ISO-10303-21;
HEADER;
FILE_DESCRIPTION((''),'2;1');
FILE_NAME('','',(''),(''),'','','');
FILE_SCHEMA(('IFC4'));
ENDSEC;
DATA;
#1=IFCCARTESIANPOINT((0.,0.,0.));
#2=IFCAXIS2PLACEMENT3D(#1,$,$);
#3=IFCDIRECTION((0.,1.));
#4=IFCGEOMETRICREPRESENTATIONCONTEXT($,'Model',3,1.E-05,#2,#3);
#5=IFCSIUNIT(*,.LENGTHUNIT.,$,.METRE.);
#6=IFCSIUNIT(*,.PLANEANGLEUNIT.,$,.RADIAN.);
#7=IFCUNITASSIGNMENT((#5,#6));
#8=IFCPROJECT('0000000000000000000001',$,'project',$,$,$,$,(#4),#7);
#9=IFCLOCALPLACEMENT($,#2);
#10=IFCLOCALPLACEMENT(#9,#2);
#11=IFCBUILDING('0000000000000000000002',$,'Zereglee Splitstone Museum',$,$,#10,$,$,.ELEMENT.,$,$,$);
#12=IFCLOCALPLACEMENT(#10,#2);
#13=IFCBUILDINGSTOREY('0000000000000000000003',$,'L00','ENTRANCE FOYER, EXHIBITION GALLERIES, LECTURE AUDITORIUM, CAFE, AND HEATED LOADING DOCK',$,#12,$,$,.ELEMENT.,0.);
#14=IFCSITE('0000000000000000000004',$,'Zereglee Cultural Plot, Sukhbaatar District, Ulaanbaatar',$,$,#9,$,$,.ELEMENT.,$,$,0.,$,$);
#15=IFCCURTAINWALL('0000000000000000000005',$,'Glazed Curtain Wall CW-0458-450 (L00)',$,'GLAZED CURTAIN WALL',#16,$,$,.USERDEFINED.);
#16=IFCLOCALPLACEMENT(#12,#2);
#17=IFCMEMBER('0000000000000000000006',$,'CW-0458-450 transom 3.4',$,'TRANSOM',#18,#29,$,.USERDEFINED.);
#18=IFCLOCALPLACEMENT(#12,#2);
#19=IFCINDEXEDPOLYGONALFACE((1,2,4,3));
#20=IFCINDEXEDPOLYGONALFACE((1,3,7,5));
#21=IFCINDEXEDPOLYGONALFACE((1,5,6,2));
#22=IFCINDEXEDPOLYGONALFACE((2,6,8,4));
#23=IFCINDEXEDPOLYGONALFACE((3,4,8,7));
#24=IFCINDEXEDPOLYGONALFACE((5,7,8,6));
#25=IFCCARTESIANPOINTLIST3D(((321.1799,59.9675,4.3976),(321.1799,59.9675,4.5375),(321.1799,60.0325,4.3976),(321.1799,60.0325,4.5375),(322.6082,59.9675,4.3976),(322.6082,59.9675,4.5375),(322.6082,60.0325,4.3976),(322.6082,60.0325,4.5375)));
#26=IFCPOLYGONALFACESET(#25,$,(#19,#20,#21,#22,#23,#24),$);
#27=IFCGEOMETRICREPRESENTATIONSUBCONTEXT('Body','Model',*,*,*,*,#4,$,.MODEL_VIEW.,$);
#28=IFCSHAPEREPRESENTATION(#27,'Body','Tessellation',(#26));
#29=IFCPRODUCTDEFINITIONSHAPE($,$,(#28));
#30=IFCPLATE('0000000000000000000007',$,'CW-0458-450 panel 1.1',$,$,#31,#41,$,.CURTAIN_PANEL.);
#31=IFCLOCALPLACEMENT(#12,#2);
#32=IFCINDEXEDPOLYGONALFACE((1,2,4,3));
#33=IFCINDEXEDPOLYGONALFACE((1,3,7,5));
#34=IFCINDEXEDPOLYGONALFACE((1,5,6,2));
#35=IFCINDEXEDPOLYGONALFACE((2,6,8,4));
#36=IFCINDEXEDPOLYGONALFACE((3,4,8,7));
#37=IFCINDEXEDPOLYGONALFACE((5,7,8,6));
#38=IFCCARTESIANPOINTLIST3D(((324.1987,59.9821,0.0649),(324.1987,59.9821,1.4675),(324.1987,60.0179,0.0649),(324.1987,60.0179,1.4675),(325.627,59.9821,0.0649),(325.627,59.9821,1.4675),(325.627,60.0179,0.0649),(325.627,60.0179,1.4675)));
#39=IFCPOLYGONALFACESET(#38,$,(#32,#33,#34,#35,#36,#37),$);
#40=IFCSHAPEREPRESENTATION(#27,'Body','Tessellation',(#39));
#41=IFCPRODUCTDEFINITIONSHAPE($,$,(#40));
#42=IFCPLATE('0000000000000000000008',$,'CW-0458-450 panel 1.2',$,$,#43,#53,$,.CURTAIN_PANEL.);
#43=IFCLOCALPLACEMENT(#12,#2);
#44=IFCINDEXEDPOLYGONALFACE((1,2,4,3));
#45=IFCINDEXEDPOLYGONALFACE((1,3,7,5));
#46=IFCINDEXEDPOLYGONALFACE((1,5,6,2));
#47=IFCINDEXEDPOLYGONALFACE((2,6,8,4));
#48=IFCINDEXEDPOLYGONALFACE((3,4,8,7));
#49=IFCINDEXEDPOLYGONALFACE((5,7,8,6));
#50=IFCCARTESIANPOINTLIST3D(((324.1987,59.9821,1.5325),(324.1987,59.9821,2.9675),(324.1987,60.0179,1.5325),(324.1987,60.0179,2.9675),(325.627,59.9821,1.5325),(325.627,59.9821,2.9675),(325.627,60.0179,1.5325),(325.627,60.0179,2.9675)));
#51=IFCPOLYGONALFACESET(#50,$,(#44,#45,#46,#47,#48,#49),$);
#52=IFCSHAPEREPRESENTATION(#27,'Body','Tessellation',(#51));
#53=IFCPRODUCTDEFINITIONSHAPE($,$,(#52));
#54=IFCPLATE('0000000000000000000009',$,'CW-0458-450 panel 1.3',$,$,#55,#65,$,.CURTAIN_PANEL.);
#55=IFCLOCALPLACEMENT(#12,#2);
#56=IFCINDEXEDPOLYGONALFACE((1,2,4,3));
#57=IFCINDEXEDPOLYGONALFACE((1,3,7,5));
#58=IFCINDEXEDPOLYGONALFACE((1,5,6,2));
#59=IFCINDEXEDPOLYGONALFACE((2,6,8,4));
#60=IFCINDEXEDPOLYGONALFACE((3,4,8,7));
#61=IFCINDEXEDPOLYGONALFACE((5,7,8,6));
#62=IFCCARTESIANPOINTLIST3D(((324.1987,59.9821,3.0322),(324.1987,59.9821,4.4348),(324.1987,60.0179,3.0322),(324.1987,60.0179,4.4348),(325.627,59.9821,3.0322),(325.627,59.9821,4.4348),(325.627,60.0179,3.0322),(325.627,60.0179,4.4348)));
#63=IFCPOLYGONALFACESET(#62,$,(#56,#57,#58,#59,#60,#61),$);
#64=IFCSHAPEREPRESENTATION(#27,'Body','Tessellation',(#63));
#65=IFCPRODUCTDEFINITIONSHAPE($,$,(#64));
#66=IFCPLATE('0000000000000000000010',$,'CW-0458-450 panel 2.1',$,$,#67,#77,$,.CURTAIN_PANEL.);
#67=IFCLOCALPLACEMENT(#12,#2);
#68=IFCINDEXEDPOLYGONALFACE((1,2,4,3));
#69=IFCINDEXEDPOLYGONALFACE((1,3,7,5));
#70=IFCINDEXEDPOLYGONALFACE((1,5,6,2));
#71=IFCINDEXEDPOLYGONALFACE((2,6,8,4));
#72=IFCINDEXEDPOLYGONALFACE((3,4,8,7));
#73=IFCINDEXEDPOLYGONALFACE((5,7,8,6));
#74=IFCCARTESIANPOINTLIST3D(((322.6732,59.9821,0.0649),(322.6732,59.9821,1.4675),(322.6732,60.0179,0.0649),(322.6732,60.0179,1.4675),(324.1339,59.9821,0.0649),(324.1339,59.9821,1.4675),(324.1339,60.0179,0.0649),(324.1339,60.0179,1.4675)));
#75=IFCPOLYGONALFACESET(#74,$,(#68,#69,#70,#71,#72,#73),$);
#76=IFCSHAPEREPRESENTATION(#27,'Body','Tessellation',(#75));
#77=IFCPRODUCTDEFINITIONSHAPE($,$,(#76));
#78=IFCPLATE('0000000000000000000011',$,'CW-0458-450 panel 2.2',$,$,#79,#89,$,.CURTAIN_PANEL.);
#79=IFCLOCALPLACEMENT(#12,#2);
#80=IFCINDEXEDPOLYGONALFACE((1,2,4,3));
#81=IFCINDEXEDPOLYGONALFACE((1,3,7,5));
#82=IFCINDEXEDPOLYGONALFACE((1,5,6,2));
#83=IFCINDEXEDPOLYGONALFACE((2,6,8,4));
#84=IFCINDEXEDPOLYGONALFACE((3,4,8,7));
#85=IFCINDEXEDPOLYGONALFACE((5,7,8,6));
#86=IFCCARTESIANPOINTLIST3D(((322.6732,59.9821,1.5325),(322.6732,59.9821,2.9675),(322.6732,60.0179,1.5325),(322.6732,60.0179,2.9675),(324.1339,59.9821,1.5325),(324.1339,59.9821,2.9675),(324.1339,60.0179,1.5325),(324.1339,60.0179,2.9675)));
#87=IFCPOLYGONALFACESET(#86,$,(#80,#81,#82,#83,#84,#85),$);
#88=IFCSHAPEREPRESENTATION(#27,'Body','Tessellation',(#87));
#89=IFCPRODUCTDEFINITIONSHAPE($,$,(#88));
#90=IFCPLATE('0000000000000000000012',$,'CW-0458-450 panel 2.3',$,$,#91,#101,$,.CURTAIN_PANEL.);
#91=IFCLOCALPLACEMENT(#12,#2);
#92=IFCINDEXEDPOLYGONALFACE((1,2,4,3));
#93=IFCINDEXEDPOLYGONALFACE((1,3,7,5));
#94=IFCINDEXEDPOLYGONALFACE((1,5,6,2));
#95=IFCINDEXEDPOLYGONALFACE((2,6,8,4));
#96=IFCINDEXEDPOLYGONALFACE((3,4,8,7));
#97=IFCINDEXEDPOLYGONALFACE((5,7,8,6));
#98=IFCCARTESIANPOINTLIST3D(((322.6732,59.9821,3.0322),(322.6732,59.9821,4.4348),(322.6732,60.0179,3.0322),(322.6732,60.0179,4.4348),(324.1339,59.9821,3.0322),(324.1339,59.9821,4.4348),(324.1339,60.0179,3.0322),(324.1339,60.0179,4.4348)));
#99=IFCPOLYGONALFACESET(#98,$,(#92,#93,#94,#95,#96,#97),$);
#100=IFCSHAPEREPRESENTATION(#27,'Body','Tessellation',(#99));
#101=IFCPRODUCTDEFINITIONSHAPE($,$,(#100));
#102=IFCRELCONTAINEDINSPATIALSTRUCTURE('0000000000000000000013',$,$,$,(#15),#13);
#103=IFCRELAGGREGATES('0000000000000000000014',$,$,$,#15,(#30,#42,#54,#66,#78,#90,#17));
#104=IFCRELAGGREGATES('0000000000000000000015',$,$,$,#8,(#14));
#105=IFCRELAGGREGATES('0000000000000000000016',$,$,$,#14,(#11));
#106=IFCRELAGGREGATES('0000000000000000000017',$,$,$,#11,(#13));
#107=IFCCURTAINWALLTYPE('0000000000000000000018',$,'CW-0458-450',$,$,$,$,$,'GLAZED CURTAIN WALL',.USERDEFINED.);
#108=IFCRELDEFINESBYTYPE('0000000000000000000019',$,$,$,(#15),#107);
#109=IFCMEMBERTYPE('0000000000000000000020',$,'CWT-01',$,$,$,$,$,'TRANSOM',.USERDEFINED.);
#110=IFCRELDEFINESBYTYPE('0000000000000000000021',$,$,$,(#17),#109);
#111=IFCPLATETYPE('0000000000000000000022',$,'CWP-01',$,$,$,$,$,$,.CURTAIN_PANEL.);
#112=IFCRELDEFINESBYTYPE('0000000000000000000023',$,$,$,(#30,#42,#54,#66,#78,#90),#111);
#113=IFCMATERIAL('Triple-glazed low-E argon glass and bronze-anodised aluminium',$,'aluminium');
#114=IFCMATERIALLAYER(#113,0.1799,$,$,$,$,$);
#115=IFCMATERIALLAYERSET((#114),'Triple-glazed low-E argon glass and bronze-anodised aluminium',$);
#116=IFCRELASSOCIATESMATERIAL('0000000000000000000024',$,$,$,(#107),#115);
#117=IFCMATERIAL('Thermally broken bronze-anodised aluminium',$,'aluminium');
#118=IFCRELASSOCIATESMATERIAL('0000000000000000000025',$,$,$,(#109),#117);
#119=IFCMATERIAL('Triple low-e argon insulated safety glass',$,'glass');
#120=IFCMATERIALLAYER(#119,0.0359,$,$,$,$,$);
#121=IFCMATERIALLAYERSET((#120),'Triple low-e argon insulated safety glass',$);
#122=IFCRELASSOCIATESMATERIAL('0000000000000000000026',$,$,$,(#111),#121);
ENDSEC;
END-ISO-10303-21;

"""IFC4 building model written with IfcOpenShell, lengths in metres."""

from ifc_helpers import new_model, si_unit, direction, frame, origin, origin_2d, place, context, subcontext, project, spatial, rectangle, extrude, material, layer, layer_set, material_profile, profile_set, type_object, element, aggregate, save


model = new_model("IFC4")

# Units and contexts
model_context = context("Model", 3, precision=1e-05, world=origin(), true_north=direction((0.0, 1.0)))
body_context = subcontext(model_context, "Body", "Model", "MODEL_VIEW")
ifc_project = project(units=[si_unit("LENGTHUNIT", "METRE"), si_unit("PLANEANGLEUNIT", "RADIAN")], contexts=[model_context])

# Site, building, storey
site_placement = place(None, origin())
site = spatial("IfcSite", under=ifc_project, at=site_placement, Name="Zereglee Cultural Plot, Sukhbaatar District, Ulaanbaatar", CompositionType="ELEMENT", RefElevation=0.0)
building_placement = place(site_placement, origin())
building = spatial("IfcBuilding", under=site, at=building_placement, Name="Zereglee Splitstone Museum", CompositionType="ELEMENT")
storey_placement = place(building_placement, origin())
storey = spatial("IfcBuildingStorey", under=building, at=storey_placement, Name="L00", Description="ENTRANCE FOYER, EXHIBITION GALLERIES, LECTURE AUDITORIUM, CAFE, AND HEATED LOADING DOCK", CompositionType="ELEMENT", Elevation=0.0)

# Curtain wall, member, plates
ifc_material_1 = material(Name="Triple-glazed low-E argon glass and bronze-anodised aluminium", Category="aluminium")
ifc_layer_1 = layer(ifc_material_1, 0.1799)
ifc_layer_set_1 = layer_set([ifc_layer_1], Name="Triple-glazed low-E argon glass and bronze-anodised aluminium")
curtain_wall_type = type_object("IfcCurtainWallType", Name="CW-0458-450", ElementType="GLAZED CURTAIN WALL", PredefinedType="USERDEFINED", material=ifc_layer_set_1)
curtain_wall_placement = place(storey_placement, origin())
curtain_wall = element("IfcCurtainWall", 1, at=curtain_wall_placement, inside=storey, type_object=curtain_wall_type, Name="Glazed Curtain Wall CW-0458-450 (L00)", ObjectType="GLAZED CURTAIN WALL", PredefinedType="USERDEFINED")
ifc_material_2 = material(Name="Thermally broken bronze-anodised aluminium", Category="aluminium")
ifc_material_profile_1 = material_profile(ifc_material_2, rectangle(XDim=0.0649, YDim=0.1399, at=origin_2d()), Name="CW TRAN 65x140")
ifc_profile_set_1 = profile_set([ifc_material_profile_1], Name="Thermally broken bronze-anodised aluminium")
member_type_1 = type_object("IfcMemberType", Name="CWT-01", ElementType="TRANSOM", PredefinedType="USERDEFINED", material=ifc_profile_set_1)
member_1_placement = place(storey_placement, frame((322.6082, 60.0, 4.4675), z_axis=(-1.0, 0.0, 0.0), x_axis=(0.0, -1.0, 0.0)))
member_1 = element("IfcMember", 2, at=member_1_placement, type_object=member_type_1, Name="CW-0458-450 transom 3.4", ObjectType="TRANSOM", PredefinedType="USERDEFINED", context=body_context, shape_type="SweptSolid", body=[
    extrude(rectangle(XDim=0.0649, YDim=0.1399, at=origin_2d()), origin(), (0.0, 0.0, 1.0), 1.4282),
])
ifc_material_3 = material(Name="Triple low-e argon insulated safety glass", Category="glass")
ifc_layer_2 = layer(ifc_material_3, 0.0359)
ifc_layer_set_2 = layer_set([ifc_layer_2], Name="Triple low-e argon insulated safety glass")
plate_type = type_object("IfcPlateType", Name="CWP-01", PredefinedType="CURTAIN_PANEL", material=ifc_layer_set_2)
plate_1_placement = place(storey_placement, frame((324.9128, 60.0, 0.0649), z_axis=(0.0, 0.0, 1.0), x_axis=(-1.0, 0.0, 0.0)))
plate_1 = element("IfcPlate", 3, at=plate_1_placement, type_object=plate_type, Name="CW-0458-450 panel 1.1", PredefinedType="CURTAIN_PANEL", context=body_context, shape_type="SweptSolid", body=[
    extrude(rectangle(XDim=1.4282, YDim=0.0359, at=origin_2d()), origin(), (0.0, 0.0, 1.0), 1.4026),
])
plate_2_placement = place(storey_placement, frame((324.9128, 60.0, 1.5325), z_axis=(0.0, 0.0, 1.0), x_axis=(-1.0, 0.0, 0.0)))
plate_2 = element("IfcPlate", 4, at=plate_2_placement, type_object=plate_type, Name="CW-0458-450 panel 1.2", PredefinedType="CURTAIN_PANEL", context=body_context, shape_type="SweptSolid", body=[
    extrude(rectangle(XDim=1.4282, YDim=0.0359, at=origin_2d()), origin(), (0.0, 0.0, 1.0), 1.4351),
])
plate_3_placement = place(storey_placement, frame((324.9128, 60.0, 3.0322), z_axis=(0.0, 0.0, 1.0), x_axis=(-1.0, 0.0, 0.0)))
plate_3 = element("IfcPlate", 5, at=plate_3_placement, type_object=plate_type, Name="CW-0458-450 panel 1.3", PredefinedType="CURTAIN_PANEL", context=body_context, shape_type="SweptSolid", body=[
    extrude(rectangle(XDim=1.4282, YDim=0.0359, at=origin_2d()), origin(), (0.0, 0.0, 1.0), 1.4026),
])
plate_4_placement = place(storey_placement, frame((323.4036, 60.0, 0.0649), z_axis=(0.0, 0.0, 1.0), x_axis=(-1.0, 0.0, 0.0)))
plate_4 = element("IfcPlate", 6, at=plate_4_placement, type_object=plate_type, Name="CW-0458-450 panel 2.1", PredefinedType="CURTAIN_PANEL", context=body_context, shape_type="SweptSolid", body=[
    extrude(rectangle(XDim=1.4607, YDim=0.0359, at=origin_2d()), origin(), (0.0, 0.0, 1.0), 1.4026),
])
plate_5_placement = place(storey_placement, frame((323.4036, 60.0, 1.5325), z_axis=(0.0, 0.0, 1.0), x_axis=(-1.0, 0.0, 0.0)))
plate_5 = element("IfcPlate", 7, at=plate_5_placement, type_object=plate_type, Name="CW-0458-450 panel 2.2", PredefinedType="CURTAIN_PANEL", context=body_context, shape_type="SweptSolid", body=[
    extrude(rectangle(XDim=1.4607, YDim=0.0359, at=origin_2d()), origin(), (0.0, 0.0, 1.0), 1.4351),
])
plate_6_placement = place(storey_placement, frame((323.4036, 60.0, 3.0322), z_axis=(0.0, 0.0, 1.0), x_axis=(-1.0, 0.0, 0.0)))
plate_6 = element("IfcPlate", 8, at=plate_6_placement, type_object=plate_type, Name="CW-0458-450 panel 2.3", PredefinedType="CURTAIN_PANEL", context=body_context, shape_type="SweptSolid", body=[
    extrude(rectangle(XDim=1.4607, YDim=0.0359, at=origin_2d()), origin(), (0.0, 0.0, 1.0), 1.4026),
])
aggregate(curtain_wall, [plate_1, plate_2, plate_3, plate_4, plate_5, plate_6, member_1])

save(model, "model.ifc")
